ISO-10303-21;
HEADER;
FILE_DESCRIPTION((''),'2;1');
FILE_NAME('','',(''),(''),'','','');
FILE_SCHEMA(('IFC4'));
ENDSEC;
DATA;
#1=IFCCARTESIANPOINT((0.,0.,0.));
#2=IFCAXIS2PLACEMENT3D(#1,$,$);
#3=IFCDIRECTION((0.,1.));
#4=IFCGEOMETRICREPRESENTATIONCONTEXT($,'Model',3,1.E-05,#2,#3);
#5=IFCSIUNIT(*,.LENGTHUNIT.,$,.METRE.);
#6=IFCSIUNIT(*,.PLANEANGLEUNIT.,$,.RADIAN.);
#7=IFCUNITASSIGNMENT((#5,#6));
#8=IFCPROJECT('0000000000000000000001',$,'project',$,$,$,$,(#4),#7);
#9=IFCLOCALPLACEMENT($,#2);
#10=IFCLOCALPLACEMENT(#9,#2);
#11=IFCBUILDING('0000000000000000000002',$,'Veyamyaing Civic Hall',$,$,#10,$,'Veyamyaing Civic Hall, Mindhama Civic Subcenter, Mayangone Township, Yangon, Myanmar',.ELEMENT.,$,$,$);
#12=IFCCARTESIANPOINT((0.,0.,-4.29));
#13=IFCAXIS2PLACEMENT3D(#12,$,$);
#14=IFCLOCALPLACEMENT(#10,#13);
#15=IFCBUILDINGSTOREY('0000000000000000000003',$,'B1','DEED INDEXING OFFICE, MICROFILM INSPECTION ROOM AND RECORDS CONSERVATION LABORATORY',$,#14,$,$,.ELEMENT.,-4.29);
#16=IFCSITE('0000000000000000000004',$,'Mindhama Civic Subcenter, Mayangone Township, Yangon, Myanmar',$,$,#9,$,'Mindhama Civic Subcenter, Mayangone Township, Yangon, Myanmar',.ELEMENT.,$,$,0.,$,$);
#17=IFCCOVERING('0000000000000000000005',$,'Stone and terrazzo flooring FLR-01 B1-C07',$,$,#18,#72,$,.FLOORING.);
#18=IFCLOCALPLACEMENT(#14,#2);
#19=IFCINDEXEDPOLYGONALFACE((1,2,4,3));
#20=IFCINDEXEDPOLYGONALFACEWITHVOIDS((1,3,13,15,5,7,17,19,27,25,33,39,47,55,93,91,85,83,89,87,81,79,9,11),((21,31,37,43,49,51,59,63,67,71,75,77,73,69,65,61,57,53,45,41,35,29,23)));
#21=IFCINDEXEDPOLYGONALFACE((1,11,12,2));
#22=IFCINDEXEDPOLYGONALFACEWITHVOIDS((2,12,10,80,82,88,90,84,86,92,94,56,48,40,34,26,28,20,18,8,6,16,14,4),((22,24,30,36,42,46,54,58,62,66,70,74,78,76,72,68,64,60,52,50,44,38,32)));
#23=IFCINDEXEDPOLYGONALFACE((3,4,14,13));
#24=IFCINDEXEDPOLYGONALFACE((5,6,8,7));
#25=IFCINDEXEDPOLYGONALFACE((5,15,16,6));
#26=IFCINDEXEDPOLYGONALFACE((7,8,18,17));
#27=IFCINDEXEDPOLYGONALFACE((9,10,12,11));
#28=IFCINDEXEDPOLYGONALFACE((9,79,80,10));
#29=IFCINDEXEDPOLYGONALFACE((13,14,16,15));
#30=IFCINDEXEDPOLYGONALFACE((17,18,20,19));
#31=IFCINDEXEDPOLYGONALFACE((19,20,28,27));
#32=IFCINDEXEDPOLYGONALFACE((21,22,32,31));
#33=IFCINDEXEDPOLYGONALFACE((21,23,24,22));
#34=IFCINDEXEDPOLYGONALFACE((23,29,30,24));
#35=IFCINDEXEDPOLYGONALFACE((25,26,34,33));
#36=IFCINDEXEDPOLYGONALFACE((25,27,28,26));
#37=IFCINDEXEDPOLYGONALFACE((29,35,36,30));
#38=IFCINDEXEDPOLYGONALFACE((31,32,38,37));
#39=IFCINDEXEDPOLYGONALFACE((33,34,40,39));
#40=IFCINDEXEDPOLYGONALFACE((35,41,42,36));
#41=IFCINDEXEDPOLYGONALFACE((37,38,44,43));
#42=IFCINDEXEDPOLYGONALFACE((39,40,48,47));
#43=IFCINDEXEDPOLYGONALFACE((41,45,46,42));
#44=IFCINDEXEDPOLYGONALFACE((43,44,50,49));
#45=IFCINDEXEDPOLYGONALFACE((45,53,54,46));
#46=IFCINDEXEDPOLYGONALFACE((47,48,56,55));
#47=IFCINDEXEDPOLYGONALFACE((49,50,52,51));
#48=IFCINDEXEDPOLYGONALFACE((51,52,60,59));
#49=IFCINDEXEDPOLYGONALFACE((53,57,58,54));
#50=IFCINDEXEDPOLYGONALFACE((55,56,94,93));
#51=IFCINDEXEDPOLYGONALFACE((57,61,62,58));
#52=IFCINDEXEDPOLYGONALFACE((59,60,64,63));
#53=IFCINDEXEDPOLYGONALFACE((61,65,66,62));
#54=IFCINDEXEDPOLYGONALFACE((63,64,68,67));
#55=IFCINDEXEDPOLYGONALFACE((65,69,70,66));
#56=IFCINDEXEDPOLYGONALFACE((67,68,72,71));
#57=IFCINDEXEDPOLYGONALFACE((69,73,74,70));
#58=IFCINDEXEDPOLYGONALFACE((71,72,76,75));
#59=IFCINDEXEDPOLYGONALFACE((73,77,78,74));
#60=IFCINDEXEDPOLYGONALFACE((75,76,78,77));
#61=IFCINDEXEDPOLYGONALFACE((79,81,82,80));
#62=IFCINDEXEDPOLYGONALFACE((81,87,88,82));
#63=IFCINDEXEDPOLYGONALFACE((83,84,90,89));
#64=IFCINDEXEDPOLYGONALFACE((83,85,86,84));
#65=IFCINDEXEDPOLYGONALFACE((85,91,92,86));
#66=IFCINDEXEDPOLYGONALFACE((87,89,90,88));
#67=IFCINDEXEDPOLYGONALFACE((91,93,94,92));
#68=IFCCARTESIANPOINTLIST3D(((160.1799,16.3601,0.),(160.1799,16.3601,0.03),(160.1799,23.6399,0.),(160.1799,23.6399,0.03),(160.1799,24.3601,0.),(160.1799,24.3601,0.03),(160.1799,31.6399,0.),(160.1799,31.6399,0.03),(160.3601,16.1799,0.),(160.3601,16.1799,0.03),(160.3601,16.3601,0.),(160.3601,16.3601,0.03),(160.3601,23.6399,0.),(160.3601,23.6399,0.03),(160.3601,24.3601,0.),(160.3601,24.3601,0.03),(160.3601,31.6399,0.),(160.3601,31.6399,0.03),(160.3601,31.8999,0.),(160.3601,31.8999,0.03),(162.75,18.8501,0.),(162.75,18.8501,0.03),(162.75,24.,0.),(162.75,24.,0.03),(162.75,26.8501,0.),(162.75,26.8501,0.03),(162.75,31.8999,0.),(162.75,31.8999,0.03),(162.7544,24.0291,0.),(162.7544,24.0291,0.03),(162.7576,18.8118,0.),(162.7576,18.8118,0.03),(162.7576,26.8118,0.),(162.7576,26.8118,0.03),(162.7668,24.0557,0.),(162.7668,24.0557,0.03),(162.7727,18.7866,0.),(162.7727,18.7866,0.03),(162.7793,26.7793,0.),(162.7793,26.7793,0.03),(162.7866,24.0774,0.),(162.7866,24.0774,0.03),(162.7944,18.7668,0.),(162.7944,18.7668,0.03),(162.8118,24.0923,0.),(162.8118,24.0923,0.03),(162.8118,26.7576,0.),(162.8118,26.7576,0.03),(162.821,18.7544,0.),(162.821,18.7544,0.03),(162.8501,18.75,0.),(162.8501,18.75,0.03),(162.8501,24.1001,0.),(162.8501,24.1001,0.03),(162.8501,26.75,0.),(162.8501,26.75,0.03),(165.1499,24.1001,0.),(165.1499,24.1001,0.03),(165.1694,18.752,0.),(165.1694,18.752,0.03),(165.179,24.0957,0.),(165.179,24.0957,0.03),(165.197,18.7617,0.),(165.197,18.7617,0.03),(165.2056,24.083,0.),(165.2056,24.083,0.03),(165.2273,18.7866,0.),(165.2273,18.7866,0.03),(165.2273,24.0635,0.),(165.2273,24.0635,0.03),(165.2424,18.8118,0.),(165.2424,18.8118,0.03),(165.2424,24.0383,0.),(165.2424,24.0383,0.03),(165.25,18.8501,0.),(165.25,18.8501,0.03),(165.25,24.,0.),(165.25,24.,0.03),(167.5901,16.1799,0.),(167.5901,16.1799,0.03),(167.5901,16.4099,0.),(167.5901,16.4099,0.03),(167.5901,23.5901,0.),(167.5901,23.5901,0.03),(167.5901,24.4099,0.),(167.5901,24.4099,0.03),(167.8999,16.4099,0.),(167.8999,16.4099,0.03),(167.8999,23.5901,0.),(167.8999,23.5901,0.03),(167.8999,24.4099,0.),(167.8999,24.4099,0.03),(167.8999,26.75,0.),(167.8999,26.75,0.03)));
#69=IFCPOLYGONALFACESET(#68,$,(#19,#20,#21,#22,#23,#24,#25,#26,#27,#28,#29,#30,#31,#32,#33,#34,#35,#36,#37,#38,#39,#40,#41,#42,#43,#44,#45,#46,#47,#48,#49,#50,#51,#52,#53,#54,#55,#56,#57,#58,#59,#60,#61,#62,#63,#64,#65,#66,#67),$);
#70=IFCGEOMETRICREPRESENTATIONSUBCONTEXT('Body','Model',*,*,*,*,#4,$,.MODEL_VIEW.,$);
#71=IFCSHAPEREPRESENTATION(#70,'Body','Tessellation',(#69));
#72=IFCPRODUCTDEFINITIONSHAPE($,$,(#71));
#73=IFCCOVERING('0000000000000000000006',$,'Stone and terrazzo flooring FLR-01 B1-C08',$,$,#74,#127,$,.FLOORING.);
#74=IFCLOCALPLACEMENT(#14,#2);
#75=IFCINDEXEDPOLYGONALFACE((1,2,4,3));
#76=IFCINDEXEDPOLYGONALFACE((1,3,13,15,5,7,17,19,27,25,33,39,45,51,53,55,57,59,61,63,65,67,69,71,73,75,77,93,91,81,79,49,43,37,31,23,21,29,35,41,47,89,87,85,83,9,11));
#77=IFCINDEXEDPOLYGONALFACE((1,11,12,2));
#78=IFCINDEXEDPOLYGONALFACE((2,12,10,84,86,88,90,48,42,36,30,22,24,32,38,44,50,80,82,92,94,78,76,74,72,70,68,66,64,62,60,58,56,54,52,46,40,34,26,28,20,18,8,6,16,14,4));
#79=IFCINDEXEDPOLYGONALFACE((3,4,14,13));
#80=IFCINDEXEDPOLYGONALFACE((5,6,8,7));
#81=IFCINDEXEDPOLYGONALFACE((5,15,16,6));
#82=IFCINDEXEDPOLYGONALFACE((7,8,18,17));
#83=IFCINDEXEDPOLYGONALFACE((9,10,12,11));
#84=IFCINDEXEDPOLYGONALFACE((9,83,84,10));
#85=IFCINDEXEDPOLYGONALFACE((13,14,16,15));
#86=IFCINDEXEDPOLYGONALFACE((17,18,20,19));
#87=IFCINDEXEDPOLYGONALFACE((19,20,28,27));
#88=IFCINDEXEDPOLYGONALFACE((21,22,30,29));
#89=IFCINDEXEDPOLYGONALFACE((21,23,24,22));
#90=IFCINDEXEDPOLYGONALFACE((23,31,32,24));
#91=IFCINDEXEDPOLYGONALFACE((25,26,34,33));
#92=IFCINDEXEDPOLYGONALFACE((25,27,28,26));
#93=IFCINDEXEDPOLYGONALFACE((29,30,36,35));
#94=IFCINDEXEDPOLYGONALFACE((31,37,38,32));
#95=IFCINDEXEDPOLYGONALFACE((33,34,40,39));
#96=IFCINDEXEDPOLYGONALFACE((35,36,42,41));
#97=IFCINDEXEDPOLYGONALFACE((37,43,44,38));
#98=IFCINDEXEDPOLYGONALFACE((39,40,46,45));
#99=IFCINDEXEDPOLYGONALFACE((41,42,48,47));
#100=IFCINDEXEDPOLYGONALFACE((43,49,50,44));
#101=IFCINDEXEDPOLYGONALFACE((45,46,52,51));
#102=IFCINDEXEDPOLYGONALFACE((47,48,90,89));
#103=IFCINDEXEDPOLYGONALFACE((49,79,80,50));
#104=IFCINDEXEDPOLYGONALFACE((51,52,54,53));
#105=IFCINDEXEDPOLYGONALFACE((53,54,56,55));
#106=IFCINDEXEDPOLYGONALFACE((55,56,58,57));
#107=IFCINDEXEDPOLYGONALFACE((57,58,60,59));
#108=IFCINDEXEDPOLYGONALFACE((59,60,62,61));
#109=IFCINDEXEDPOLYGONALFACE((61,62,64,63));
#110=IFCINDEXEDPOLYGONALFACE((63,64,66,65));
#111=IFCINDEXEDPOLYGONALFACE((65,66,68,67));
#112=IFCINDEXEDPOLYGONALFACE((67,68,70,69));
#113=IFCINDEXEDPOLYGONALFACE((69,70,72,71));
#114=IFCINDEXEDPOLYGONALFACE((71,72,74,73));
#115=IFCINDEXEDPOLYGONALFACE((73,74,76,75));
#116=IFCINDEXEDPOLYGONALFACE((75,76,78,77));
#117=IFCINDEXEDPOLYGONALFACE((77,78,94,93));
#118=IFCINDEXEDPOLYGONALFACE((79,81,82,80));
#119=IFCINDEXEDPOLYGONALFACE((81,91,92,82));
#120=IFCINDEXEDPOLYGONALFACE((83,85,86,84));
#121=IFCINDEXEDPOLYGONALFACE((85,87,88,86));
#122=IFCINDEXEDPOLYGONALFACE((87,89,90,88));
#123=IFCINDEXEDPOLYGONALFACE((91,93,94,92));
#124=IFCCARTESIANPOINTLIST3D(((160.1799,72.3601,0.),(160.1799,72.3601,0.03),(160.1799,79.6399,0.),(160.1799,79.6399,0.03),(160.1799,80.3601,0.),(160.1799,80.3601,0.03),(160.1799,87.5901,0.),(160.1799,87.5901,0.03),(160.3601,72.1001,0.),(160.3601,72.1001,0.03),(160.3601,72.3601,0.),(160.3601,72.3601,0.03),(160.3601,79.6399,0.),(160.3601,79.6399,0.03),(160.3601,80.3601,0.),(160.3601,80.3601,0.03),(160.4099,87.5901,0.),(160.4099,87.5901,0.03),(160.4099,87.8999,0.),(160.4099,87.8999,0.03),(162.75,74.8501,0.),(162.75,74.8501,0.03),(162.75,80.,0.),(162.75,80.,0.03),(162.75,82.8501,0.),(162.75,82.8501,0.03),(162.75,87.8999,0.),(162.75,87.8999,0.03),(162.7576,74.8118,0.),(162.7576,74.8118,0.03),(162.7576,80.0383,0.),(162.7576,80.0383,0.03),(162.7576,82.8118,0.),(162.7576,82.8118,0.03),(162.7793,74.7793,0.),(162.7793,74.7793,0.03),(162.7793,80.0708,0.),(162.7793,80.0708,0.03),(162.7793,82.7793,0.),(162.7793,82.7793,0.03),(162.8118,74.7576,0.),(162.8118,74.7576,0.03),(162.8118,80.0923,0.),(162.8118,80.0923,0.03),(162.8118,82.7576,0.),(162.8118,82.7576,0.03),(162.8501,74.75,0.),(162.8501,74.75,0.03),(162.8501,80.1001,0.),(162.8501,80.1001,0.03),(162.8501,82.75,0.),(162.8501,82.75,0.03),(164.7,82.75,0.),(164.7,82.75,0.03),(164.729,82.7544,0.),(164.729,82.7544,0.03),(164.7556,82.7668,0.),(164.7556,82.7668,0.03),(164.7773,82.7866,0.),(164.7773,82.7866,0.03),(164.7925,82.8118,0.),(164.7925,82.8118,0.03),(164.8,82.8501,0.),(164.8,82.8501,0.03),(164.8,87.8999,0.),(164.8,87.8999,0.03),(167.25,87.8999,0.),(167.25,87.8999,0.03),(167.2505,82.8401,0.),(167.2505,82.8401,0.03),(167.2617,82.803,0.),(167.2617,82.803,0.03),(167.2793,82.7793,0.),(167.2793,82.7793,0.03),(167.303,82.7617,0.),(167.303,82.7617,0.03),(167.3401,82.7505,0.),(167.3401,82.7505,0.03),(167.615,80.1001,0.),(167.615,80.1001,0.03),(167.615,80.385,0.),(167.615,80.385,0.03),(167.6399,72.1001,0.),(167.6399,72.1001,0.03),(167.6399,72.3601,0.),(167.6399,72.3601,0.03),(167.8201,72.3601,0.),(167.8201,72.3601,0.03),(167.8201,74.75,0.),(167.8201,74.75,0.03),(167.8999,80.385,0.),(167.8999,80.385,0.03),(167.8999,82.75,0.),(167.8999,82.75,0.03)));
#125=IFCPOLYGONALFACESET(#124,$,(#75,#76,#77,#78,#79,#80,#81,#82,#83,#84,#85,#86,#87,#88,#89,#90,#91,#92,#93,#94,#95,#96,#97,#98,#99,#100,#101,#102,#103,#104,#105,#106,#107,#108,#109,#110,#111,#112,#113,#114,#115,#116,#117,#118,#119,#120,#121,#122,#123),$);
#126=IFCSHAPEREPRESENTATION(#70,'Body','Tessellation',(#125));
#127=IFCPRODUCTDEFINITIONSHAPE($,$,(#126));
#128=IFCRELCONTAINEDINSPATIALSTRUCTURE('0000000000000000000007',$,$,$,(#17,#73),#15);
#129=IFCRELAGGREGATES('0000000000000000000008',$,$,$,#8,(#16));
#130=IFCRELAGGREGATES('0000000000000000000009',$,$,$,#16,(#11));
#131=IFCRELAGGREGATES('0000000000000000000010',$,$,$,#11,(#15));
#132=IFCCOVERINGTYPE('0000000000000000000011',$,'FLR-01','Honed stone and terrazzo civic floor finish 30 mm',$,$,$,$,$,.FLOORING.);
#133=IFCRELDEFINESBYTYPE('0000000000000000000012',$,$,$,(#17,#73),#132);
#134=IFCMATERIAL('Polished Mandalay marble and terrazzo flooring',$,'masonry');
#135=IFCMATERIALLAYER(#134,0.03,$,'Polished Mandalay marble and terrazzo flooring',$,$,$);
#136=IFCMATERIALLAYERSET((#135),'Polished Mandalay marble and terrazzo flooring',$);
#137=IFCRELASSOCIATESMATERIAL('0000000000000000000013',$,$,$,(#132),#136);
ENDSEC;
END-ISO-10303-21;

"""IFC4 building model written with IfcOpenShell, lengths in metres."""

from ifc_helpers import new_model, si_unit, direction, frame, origin, place, context, subcontext, project, spatial, polyline, outline, extrude, material, layer, layer_set, type_object, element, save


model = new_model("IFC4")

# Units and contexts
model_context = context("Model", 3, precision=1e-05, world=origin(), true_north=direction((0.0, 1.0)))
body_context = subcontext(model_context, "Body", "Model", "MODEL_VIEW")
ifc_project = project(units=[si_unit("LENGTHUNIT", "METRE"), si_unit("PLANEANGLEUNIT", "RADIAN")], contexts=[model_context])

# Site, building, storey
site_placement = place(None, origin())
site = spatial("IfcSite", under=ifc_project, at=site_placement, Name="Mindhama Civic Subcenter, Mayangone Township, Yangon, Myanmar", LongName="Mindhama Civic Subcenter, Mayangone Township, Yangon, Myanmar", CompositionType="ELEMENT", RefElevation=0.0)
building_placement = place(site_placement, origin())
building = spatial("IfcBuilding", under=site, at=building_placement, Name="Veyamyaing Civic Hall", LongName="Veyamyaing Civic Hall, Mindhama Civic Subcenter, Mayangone Township, Yangon, Myanmar", CompositionType="ELEMENT")
storey_placement = place(building_placement, frame((0.0, 0.0, -4.29)))
storey = spatial("IfcBuildingStorey", under=building, at=storey_placement, Name="B1", Description="DEED INDEXING OFFICE, MICROFILM INSPECTION ROOM AND RECORDS CONSERVATION LABORATORY", CompositionType="ELEMENT", Elevation=-4.29)

# Coverings
ifc_material_1 = material(Name="Polished Mandalay marble and terrazzo flooring", Category="masonry")
ifc_layer_1 = layer(ifc_material_1, 0.03, Name="Polished Mandalay marble and terrazzo flooring")
ifc_layer_set_1 = layer_set([ifc_layer_1], Name="Polished Mandalay marble and terrazzo flooring")
covering_type_1 = type_object("IfcCoveringType", Name="FLR-01", Description="Honed stone and terrazzo civic floor finish 30 mm", PredefinedType="FLOORING", material=ifc_layer_set_1)
covering_1_placement = place(storey_placement, origin())
element("IfcCovering", 1, at=covering_1_placement, inside=storey, type_object=covering_type_1, Name="Stone and terrazzo flooring FLR-01 B1-C07", PredefinedType="FLOORING", context=body_context, shape_type="SweptSolid", body=[
    extrude(outline(polyline([(162.75, 26.8501), (162.7576, 26.8118), (162.7793, 26.7793), (162.8118, 26.7576), (162.8501, 26.75), (167.8999, 26.75), (167.8999, 24.4099), (167.5901, 24.4099), (167.5901, 23.5901), (167.8999, 23.5901), (167.8999, 16.4099), (167.5901, 16.4099), (167.5901, 16.1799), (160.3601, 16.1799), (160.3601, 16.3601), (160.1799, 16.3601), (160.1799, 23.6399), (160.3601, 23.6399), (160.3601, 24.3601), (160.1799, 24.3601), (160.1799, 31.6399), (160.3601, 31.6399), (160.3601, 31.8999), (162.75, 31.8999), (162.75, 26.8501)]), holes=[polyline([(165.1694, 18.752), (165.197, 18.7617), (165.2273, 18.7866), (165.2424, 18.8118), (165.25, 18.8501), (165.25, 24.0), (165.2424, 24.0383), (165.2273, 24.0635), (165.2056, 24.083), (165.179, 24.0957), (165.1499, 24.1001), (162.8501, 24.1001), (162.8118, 24.0923), (162.7866, 24.0774), (162.7668, 24.0557), (162.7544, 24.0291), (162.75, 24.0), (162.75, 18.8501), (162.7576, 18.8118), (162.7727, 18.7866), (162.7944, 18.7668), (162.821, 18.7544), (162.8501, 18.75), (165.1694, 18.752)])]), origin(), (0.0, 0.0, 1.0), 0.03),
])
covering_2_placement = place(storey_placement, origin())
element("IfcCovering", 2, at=covering_2_placement, inside=storey, type_object=covering_type_1, Name="Stone and terrazzo flooring FLR-01 B1-C08", PredefinedType="FLOORING", context=body_context, shape_type="SweptSolid", body=[
    extrude(outline(polyline([(162.75, 82.8501), (162.7576, 82.8118), (162.7793, 82.7793), (162.8118, 82.7576), (162.8501, 82.75), (164.7, 82.75), (164.729, 82.7544), (164.7556, 82.7668), (164.7773, 82.7866), (164.7925, 82.8118), (164.8, 82.8501), (164.8, 87.8999), (167.25, 87.8999), (167.2505, 82.8401), (167.2617, 82.803), (167.2793, 82.7793), (167.303, 82.7617), (167.3401, 82.7505), (167.8999, 82.75), (167.8999, 80.385), (167.615, 80.385), (167.615, 80.1001), (162.8501, 80.1001), (162.8118, 80.0923), (162.7793, 80.0708), (162.7576, 80.0383), (162.75, 80.0), (162.75, 74.8501), (162.7576, 74.8118), (162.7793, 74.7793), (162.8118, 74.7576), (162.8501, 74.75), (167.8201, 74.75), (167.8201, 72.3601), (167.6399, 72.3601), (167.6399, 72.1001), (160.3601, 72.1001), (160.3601, 72.3601), (160.1799, 72.3601), (160.1799, 79.6399), (160.3601, 79.6399), (160.3601, 80.3601), (160.1799, 80.3601), (160.1799, 87.5901), (160.4099, 87.5901), (160.4099, 87.8999), (162.75, 87.8999), (162.75, 82.8501)])), origin(), (0.0, 0.0, 1.0), 0.03),
])

save(model, "model.ifc")
